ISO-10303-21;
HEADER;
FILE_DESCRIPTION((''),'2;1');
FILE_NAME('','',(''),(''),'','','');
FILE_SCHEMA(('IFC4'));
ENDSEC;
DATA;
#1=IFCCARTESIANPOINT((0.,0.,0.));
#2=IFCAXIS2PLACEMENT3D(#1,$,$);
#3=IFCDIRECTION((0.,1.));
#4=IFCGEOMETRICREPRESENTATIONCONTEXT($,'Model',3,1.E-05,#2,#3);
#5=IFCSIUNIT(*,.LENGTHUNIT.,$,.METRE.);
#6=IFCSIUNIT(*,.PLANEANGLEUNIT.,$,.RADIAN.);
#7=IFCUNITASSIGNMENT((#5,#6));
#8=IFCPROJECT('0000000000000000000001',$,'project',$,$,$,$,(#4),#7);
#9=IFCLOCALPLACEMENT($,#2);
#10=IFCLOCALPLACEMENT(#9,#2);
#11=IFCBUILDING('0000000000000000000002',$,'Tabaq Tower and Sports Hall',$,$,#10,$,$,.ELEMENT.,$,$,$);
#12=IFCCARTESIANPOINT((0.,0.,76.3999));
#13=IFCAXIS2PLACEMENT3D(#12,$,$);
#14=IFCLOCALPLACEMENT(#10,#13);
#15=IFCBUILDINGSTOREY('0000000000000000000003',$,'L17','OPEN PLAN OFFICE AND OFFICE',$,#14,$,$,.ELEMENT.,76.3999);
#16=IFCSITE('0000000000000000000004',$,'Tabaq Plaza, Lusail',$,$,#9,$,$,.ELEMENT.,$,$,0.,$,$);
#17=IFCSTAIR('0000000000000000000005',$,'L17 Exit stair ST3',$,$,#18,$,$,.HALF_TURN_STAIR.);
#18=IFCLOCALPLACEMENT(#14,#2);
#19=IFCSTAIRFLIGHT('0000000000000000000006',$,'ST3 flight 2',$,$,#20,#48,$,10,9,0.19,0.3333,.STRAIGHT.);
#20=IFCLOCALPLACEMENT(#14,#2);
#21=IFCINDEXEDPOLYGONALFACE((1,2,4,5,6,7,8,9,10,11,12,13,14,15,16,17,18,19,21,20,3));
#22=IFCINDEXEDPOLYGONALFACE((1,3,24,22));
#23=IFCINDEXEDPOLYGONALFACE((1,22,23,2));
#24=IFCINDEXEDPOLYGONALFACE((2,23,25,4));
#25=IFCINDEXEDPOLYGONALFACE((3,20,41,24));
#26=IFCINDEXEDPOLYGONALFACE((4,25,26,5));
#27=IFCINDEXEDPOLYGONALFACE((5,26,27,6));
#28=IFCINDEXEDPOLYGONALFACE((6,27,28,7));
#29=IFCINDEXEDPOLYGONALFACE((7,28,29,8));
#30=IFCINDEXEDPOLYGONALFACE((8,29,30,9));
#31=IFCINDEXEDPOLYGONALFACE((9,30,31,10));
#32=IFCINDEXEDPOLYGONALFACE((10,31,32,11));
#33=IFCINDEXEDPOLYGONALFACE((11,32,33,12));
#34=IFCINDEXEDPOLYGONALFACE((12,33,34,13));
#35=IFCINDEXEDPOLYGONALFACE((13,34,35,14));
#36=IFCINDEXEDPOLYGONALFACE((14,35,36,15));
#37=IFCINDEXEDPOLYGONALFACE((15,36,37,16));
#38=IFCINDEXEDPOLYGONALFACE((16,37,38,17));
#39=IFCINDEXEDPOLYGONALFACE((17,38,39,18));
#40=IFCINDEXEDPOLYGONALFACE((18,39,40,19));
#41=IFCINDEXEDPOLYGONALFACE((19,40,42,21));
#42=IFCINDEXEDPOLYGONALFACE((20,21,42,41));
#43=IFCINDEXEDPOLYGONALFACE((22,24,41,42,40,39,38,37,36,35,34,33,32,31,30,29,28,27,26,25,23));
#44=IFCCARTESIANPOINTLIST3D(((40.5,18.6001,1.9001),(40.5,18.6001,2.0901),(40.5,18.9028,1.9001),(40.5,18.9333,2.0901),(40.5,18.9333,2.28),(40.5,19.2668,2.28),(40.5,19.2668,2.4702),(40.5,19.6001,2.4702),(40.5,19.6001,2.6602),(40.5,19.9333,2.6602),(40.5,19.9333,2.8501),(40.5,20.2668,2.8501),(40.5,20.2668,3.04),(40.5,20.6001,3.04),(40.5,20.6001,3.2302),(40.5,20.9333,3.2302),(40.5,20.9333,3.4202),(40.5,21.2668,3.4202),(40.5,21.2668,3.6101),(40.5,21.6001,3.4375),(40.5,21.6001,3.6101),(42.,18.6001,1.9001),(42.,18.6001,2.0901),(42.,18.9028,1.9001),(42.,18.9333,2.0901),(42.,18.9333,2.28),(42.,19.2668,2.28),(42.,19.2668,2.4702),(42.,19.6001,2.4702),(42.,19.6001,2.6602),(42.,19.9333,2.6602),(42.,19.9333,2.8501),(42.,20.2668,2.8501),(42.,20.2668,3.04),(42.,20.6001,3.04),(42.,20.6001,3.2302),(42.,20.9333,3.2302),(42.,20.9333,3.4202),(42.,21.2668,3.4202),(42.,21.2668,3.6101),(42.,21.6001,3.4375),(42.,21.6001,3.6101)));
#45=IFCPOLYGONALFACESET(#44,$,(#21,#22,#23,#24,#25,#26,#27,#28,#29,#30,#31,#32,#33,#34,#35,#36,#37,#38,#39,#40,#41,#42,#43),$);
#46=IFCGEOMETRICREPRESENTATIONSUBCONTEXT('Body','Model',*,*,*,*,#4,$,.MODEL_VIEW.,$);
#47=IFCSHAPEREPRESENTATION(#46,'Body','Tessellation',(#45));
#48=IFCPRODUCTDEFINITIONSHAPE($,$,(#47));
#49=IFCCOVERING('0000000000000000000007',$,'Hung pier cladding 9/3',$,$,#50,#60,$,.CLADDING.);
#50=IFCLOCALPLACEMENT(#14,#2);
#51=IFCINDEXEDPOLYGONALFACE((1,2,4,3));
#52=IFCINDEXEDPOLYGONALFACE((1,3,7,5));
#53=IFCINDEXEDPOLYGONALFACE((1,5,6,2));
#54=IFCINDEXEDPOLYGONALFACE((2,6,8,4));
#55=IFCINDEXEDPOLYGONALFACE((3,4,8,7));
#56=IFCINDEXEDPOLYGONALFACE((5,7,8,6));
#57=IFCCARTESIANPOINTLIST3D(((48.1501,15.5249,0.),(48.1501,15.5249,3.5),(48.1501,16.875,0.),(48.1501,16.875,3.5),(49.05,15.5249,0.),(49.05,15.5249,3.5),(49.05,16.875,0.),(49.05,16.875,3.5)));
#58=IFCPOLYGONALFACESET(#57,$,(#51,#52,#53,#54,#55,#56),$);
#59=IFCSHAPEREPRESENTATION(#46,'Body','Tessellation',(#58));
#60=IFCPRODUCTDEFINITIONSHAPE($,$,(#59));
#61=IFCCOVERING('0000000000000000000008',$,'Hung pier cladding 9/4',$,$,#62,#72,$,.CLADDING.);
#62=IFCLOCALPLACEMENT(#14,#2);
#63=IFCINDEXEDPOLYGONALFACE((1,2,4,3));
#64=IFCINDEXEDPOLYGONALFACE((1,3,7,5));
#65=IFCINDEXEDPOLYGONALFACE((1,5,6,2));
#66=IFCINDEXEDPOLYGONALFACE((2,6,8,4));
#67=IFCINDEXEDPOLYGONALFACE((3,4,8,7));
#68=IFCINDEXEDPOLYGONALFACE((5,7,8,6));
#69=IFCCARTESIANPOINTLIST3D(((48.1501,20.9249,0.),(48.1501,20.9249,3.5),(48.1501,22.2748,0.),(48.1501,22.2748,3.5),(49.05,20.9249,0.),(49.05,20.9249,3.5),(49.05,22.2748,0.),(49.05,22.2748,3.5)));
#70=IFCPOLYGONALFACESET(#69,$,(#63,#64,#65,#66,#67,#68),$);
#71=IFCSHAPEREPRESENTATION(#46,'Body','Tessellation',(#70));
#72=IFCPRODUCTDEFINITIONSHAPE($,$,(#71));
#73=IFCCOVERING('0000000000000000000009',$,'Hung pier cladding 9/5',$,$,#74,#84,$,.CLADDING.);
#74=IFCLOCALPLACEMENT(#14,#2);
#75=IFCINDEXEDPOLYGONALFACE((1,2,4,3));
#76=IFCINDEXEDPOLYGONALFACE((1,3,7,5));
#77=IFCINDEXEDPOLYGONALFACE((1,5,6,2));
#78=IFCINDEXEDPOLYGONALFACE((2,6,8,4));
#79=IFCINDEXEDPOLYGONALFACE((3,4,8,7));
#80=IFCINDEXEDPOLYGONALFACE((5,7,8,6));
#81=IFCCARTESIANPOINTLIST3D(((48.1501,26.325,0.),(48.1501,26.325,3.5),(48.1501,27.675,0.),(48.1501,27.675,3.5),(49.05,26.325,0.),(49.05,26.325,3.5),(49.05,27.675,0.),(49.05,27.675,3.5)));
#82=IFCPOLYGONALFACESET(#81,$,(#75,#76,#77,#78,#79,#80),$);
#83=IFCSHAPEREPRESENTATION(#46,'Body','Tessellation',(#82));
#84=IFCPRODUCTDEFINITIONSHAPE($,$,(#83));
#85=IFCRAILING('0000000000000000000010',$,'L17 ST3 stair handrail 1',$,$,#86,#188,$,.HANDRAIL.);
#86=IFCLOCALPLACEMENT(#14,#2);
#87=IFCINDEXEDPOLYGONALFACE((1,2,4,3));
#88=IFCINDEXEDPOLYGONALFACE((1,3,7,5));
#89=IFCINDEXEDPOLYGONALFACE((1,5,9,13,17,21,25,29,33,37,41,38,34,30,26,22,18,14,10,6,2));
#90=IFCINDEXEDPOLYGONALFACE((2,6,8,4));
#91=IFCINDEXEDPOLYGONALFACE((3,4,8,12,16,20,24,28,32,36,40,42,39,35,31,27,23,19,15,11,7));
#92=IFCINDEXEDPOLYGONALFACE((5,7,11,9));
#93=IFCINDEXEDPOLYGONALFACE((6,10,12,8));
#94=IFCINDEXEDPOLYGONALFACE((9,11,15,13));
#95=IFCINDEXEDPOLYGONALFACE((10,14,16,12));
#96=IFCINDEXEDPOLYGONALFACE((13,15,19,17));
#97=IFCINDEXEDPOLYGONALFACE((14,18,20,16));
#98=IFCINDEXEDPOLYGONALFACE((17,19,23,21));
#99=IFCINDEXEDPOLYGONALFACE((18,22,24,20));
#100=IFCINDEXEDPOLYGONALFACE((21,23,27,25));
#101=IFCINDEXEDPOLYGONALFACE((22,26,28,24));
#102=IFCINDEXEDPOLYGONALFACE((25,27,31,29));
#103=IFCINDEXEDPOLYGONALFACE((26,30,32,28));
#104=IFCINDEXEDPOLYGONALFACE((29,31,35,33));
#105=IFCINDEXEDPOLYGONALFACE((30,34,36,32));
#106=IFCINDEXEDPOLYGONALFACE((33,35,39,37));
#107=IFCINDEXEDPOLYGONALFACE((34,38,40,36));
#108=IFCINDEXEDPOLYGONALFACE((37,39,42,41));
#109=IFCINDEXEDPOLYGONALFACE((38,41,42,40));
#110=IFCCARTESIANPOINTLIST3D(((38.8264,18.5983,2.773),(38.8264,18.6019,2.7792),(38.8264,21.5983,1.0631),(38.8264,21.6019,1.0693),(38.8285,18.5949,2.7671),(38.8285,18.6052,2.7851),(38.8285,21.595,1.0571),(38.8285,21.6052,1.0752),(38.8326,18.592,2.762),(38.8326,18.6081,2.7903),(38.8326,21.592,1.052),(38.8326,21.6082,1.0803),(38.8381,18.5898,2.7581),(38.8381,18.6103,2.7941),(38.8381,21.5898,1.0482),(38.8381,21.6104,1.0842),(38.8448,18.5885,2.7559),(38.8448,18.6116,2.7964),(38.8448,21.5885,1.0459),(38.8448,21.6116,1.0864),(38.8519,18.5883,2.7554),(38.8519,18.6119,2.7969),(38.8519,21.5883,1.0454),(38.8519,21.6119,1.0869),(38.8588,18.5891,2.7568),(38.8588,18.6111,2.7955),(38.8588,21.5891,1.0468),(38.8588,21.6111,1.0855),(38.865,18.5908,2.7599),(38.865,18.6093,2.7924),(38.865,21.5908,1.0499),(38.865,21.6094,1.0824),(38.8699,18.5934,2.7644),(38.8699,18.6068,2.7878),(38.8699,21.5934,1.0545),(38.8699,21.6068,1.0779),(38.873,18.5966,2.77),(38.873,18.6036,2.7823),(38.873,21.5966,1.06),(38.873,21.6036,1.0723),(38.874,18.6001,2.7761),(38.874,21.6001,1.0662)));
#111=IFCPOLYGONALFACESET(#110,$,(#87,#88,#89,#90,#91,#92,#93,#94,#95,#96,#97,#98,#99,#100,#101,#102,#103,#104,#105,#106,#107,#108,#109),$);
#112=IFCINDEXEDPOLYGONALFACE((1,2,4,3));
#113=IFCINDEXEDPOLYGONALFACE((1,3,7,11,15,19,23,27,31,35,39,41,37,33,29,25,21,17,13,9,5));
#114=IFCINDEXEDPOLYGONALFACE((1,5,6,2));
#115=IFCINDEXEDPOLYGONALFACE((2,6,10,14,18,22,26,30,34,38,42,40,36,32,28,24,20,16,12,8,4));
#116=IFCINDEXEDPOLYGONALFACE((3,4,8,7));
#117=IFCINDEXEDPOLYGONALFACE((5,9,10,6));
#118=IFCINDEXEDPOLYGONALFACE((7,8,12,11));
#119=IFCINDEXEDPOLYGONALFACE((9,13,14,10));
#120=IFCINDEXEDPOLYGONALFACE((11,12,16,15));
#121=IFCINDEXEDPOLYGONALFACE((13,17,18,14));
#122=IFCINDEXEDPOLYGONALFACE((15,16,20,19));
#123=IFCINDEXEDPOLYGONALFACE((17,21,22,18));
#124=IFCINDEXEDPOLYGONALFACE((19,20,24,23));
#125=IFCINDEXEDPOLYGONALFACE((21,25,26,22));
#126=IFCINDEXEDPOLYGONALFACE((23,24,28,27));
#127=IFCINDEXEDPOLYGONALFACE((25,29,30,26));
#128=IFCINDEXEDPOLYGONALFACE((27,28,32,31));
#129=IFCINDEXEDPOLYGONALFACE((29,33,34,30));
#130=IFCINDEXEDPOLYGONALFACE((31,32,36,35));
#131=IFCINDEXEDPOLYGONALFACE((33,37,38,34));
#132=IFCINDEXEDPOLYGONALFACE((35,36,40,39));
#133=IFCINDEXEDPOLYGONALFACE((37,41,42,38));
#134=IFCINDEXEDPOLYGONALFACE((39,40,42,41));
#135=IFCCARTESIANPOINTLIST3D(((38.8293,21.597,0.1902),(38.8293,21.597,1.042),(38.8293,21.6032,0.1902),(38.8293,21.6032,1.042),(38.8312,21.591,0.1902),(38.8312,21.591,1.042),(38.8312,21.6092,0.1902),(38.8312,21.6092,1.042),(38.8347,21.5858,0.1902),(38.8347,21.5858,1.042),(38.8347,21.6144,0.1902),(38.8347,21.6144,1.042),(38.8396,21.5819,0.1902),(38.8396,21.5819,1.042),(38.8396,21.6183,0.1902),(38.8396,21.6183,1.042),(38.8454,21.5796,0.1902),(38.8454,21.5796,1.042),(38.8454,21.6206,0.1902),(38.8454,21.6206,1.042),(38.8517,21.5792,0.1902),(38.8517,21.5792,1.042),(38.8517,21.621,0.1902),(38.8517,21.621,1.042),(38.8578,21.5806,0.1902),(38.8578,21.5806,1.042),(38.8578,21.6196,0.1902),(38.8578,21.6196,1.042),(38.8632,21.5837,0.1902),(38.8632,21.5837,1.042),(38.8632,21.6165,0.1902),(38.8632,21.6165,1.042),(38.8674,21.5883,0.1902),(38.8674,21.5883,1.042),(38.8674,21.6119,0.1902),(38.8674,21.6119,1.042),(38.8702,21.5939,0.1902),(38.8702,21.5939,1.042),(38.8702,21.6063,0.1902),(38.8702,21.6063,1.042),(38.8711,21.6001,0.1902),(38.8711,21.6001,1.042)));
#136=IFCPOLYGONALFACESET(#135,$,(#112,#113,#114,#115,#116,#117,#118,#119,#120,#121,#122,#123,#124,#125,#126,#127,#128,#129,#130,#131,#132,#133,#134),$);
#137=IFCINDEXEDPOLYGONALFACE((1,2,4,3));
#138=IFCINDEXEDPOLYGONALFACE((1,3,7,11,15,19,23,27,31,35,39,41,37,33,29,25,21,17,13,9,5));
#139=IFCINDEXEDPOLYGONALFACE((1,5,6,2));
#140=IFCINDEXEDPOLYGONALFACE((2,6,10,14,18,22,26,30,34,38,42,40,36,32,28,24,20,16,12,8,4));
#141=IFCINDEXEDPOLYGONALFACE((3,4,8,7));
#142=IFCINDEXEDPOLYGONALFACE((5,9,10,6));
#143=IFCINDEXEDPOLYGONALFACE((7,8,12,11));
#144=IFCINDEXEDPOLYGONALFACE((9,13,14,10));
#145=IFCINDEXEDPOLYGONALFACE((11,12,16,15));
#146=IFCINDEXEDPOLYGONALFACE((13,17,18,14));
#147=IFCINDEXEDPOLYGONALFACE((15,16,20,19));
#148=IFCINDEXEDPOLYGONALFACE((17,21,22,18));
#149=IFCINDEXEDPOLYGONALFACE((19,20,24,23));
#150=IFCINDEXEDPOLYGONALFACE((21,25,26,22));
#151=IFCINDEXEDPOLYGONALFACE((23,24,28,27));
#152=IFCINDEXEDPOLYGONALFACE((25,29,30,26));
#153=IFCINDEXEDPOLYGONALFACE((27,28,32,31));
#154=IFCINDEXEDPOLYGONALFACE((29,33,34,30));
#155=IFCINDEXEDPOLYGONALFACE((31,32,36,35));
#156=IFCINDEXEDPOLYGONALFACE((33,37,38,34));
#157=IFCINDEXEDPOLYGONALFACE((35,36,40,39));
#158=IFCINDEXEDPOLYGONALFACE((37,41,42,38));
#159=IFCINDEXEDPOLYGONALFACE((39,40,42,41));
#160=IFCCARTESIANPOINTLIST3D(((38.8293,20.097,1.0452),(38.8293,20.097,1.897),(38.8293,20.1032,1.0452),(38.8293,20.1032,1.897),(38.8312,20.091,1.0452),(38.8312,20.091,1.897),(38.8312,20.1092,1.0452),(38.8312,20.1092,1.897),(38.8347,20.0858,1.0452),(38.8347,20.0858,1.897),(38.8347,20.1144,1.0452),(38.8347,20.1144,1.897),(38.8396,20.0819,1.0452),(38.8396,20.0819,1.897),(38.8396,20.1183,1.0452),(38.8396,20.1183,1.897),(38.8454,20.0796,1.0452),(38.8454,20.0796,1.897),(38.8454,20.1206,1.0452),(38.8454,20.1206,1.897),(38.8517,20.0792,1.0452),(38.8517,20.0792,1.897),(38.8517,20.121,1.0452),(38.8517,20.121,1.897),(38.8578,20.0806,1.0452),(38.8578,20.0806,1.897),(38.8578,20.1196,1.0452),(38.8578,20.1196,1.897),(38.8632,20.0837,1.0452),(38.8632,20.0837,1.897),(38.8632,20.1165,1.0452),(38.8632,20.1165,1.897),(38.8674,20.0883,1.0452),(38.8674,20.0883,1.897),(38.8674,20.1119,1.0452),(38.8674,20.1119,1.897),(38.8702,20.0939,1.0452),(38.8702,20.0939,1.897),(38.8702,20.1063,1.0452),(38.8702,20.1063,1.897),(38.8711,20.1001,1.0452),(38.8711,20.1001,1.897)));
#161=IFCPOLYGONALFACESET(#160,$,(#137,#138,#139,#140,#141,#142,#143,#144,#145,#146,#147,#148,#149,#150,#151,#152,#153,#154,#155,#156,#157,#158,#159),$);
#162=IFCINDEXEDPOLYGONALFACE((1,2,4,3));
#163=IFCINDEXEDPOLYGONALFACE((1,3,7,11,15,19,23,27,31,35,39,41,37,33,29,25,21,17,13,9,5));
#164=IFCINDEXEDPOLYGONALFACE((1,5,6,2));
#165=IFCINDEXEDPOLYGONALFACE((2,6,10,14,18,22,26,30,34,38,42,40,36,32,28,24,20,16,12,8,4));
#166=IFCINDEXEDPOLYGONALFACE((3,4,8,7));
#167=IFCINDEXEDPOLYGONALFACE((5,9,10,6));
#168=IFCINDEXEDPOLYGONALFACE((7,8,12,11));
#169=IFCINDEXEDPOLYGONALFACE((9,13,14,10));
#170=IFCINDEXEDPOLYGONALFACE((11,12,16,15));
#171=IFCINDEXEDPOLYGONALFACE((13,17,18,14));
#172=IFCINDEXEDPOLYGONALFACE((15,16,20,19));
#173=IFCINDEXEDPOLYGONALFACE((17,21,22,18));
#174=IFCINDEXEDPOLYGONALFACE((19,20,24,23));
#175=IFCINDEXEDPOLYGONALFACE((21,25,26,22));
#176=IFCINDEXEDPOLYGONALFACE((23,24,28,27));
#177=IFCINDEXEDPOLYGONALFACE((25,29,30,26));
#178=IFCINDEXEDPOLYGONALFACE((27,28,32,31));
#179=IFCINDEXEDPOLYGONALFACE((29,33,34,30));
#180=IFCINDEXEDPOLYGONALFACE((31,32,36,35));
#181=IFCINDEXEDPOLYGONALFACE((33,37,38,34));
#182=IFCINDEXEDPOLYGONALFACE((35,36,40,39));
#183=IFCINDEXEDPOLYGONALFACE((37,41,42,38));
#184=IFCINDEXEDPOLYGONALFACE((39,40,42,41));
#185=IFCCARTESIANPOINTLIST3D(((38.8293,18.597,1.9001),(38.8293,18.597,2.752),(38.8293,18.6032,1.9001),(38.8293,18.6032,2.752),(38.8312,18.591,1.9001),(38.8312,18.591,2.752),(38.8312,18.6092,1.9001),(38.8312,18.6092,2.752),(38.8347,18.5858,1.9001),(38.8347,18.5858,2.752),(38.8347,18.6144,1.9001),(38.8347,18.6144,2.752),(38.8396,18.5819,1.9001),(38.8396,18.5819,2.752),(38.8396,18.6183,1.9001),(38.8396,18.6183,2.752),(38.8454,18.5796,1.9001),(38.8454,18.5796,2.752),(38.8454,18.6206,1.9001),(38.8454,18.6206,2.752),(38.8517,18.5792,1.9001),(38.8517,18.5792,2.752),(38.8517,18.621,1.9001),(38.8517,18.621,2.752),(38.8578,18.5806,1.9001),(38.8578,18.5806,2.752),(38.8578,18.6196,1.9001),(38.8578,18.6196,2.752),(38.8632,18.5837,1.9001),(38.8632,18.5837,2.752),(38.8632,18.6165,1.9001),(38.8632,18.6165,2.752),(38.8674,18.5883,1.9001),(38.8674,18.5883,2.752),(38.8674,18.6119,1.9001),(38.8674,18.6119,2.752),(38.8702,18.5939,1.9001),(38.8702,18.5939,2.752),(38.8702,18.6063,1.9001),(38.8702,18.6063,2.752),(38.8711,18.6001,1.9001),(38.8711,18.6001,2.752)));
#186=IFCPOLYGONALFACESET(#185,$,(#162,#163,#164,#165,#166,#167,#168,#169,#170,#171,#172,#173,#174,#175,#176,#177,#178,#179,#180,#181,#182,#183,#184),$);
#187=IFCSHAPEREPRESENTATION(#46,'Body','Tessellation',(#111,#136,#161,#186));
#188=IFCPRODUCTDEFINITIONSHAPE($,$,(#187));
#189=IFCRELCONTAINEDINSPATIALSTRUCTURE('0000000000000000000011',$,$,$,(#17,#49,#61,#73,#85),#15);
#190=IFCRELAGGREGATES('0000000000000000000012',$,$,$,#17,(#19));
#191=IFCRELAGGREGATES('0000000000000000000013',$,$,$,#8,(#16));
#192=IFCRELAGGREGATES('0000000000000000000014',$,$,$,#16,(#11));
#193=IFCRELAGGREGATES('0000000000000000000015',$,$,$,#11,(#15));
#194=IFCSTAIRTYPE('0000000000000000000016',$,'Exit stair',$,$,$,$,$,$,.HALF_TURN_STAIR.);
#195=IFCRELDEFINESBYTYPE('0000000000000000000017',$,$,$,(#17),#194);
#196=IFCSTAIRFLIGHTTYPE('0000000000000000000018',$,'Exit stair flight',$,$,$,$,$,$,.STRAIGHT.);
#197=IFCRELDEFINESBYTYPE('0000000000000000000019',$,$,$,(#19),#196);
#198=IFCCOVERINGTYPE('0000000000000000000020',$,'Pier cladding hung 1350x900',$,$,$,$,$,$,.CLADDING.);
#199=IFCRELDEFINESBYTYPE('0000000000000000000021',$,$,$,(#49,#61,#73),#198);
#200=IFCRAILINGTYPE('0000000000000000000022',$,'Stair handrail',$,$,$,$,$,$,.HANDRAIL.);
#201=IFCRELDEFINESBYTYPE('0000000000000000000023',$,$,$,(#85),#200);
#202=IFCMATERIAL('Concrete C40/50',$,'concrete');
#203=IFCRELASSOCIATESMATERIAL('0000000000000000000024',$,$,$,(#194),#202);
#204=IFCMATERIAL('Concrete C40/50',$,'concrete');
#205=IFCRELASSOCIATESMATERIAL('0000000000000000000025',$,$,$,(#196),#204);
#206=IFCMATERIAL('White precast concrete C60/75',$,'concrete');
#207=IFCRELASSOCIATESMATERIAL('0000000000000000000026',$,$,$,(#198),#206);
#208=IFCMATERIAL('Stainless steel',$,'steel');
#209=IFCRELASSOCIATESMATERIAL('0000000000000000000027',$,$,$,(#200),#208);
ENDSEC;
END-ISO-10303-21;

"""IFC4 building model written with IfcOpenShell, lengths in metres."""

from ifc_helpers import new_model, si_unit, direction, frame, frame_2d, origin, origin_2d, place, context, subcontext, project, spatial, polyline, rectangle, circle, outline, extrude, material, type_object, element, aggregate, save


model = new_model("IFC4")

# Units and contexts
model_context = context("Model", 3, precision=1e-05, world=origin(), true_north=direction((0.0, 1.0)))
body_context = subcontext(model_context, "Body", "Model", "MODEL_VIEW")
ifc_project = project(units=[si_unit("LENGTHUNIT", "METRE"), si_unit("PLANEANGLEUNIT", "RADIAN")], contexts=[model_context])

# Site, building, storey
site_placement = place(None, origin())
site = spatial("IfcSite", under=ifc_project, at=site_placement, Name="Tabaq Plaza, Lusail", CompositionType="ELEMENT", RefElevation=0.0)
building_placement = place(site_placement, origin())
building = spatial("IfcBuilding", under=site, at=building_placement, Name="Tabaq Tower and Sports Hall", CompositionType="ELEMENT")
storey_placement = place(building_placement, frame((0.0, 0.0, 76.3999)))
storey = spatial("IfcBuildingStorey", under=building, at=storey_placement, Name="L17", Description="OPEN PLAN OFFICE AND OFFICE", CompositionType="ELEMENT", Elevation=76.3999)

# Stair, stair flight
ifc_material_1 = material(Name="Concrete C40/50", Category="concrete")
stair_type = type_object("IfcStairType", Name="Exit stair", PredefinedType="HALF_TURN_STAIR", material=ifc_material_1)
stair_placement = place(storey_placement, origin())
stair = element("IfcStair", 1, at=stair_placement, inside=storey, type_object=stair_type, Name="L17 Exit stair ST3", PredefinedType="HALF_TURN_STAIR")
ifc_material_2 = material(Name="Concrete C40/50", Category="concrete")
stair_flight_type = type_object("IfcStairFlightType", Name="Exit stair flight", PredefinedType="STRAIGHT", material=ifc_material_2)
stair_flight_1_placement = place(storey_placement, frame((41.25, 18.6001, 1.9001), z_axis=(0.0, 0.0, 1.0), x_axis=(0.0, 1.0, 0.0)))
stair_flight_1 = element("IfcStairFlight", 2, at=stair_flight_1_placement, type_object=stair_flight_type, Name="ST3 flight 2", NumberOfRisers=10, NumberOfTreads=9, PredefinedType="STRAIGHT", RiserHeight=0.19, TreadLength=0.3333, context=body_context, shape_type="SweptSolid", body=[
    extrude(outline(polyline([(0.0, 0.0), (0.0, 0.1899), (0.3333, 0.1899), (0.3333, 0.3799), (0.6667, 0.3799), (0.6667, 0.5701), (1.0, 0.5701), (1.0, 0.76), (1.3333, 0.76), (1.3333, 0.95), (1.6667, 0.95), (1.6667, 1.1399), (2.0, 1.1399), (2.0, 1.3301), (2.3333, 1.3301), (2.3333, 1.52), (2.6667, 1.52), (2.6667, 1.71), (3.0, 1.71), (3.0, 1.8999), (3.0, 1.5374), (0.3027, 0.0), (0.0, 0.0)])), frame((0.0, 0.75, 0.0), z_axis=(0.0, -1.0, 0.0), x_axis=(1.0, 0.0, 0.0)), (0.0, 0.0, 1.0), 1.5),
])
aggregate(stair, [stair_flight_1])

# Coverings
ifc_material_3 = material(Name="White precast concrete C60/75", Category="concrete")
covering_type_1 = type_object("IfcCoveringType", Name="Pier cladding hung 1350x900", PredefinedType="CLADDING", material=ifc_material_3)
covering_1_placement = place(storey_placement, frame((48.6001, 15.5249, 0.0), z_axis=(0.0, 0.0, 1.0), x_axis=(0.0, 1.0, 0.0)))
element("IfcCovering", 3, at=covering_1_placement, inside=storey, type_object=covering_type_1, Name="Hung pier cladding 9/3", PredefinedType="CLADDING", context=body_context, shape_type="SweptSolid", body=[
    extrude(rectangle(XDim=1.3501, YDim=0.8999, at=frame_2d((0.675, 0.0))), origin(), (0.0, 0.0, 1.0), 3.5),
])
covering_2_placement = place(storey_placement, frame((48.6001, 20.925, 0.0), z_axis=(0.0, 0.0, 1.0), x_axis=(0.0, 1.0, 0.0)))
element("IfcCovering", 4, at=covering_2_placement, inside=storey, type_object=covering_type_1, Name="Hung pier cladding 9/4", PredefinedType="CLADDING", context=body_context, shape_type="SweptSolid", body=[
    extrude(rectangle(XDim=1.3499, YDim=0.8999, at=frame_2d((0.6748, 0.0))), origin(), (0.0, 0.0, 1.0), 3.5),
])
covering_3_placement = place(storey_placement, frame((48.6001, 26.325, 0.0), z_axis=(0.0, 0.0, 1.0), x_axis=(0.0, 1.0, 0.0)))
element("IfcCovering", 5, at=covering_3_placement, inside=storey, type_object=covering_type_1, Name="Hung pier cladding 9/5", PredefinedType="CLADDING", context=body_context, shape_type="SweptSolid", body=[
    extrude(rectangle(XDim=1.3501, YDim=0.8999, at=frame_2d((0.675, 0.0))), origin(), (0.0, 0.0, 1.0), 3.5),
])

# Railing
ifc_material_4 = material(Name="Stainless steel", Category="steel")
railing_type_1 = type_object("IfcRailingType", Name="Stair handrail", PredefinedType="HANDRAIL", material=ifc_material_4)
railing_1_placement = place(storey_placement, frame((38.8501, 21.6001, 0.1902)))
element("IfcRailing", 6, at=railing_1_placement, inside=storey, type_object=railing_type_1, Name="L17 ST3 stair handrail 1", PredefinedType="HANDRAIL", context=body_context, shape_type="SweptSolid", body=[
    extrude(circle(Radius=0.0239, at=origin_2d()), frame((0.0, 0.0, 0.876), z_axis=(0.0, -0.868782, 0.495195), x_axis=(1.0, 0.0, 0.0)), (0.0, 0.0, 1.0), 3.4531),
    extrude(circle(Radius=0.021, at=origin_2d()), origin(), (0.0, 0.0, 1.0), 0.8518),
    extrude(circle(Radius=0.021, at=origin_2d()), frame((0.0, -1.5, 0.855)), (0.0, 0.0, 1.0), 0.8518),
    extrude(circle(Radius=0.021, at=origin_2d()), frame((0.0, -3.0, 1.71)), (0.0, 0.0, 1.0), 0.8518),
])

save(model, "model.ifc")
